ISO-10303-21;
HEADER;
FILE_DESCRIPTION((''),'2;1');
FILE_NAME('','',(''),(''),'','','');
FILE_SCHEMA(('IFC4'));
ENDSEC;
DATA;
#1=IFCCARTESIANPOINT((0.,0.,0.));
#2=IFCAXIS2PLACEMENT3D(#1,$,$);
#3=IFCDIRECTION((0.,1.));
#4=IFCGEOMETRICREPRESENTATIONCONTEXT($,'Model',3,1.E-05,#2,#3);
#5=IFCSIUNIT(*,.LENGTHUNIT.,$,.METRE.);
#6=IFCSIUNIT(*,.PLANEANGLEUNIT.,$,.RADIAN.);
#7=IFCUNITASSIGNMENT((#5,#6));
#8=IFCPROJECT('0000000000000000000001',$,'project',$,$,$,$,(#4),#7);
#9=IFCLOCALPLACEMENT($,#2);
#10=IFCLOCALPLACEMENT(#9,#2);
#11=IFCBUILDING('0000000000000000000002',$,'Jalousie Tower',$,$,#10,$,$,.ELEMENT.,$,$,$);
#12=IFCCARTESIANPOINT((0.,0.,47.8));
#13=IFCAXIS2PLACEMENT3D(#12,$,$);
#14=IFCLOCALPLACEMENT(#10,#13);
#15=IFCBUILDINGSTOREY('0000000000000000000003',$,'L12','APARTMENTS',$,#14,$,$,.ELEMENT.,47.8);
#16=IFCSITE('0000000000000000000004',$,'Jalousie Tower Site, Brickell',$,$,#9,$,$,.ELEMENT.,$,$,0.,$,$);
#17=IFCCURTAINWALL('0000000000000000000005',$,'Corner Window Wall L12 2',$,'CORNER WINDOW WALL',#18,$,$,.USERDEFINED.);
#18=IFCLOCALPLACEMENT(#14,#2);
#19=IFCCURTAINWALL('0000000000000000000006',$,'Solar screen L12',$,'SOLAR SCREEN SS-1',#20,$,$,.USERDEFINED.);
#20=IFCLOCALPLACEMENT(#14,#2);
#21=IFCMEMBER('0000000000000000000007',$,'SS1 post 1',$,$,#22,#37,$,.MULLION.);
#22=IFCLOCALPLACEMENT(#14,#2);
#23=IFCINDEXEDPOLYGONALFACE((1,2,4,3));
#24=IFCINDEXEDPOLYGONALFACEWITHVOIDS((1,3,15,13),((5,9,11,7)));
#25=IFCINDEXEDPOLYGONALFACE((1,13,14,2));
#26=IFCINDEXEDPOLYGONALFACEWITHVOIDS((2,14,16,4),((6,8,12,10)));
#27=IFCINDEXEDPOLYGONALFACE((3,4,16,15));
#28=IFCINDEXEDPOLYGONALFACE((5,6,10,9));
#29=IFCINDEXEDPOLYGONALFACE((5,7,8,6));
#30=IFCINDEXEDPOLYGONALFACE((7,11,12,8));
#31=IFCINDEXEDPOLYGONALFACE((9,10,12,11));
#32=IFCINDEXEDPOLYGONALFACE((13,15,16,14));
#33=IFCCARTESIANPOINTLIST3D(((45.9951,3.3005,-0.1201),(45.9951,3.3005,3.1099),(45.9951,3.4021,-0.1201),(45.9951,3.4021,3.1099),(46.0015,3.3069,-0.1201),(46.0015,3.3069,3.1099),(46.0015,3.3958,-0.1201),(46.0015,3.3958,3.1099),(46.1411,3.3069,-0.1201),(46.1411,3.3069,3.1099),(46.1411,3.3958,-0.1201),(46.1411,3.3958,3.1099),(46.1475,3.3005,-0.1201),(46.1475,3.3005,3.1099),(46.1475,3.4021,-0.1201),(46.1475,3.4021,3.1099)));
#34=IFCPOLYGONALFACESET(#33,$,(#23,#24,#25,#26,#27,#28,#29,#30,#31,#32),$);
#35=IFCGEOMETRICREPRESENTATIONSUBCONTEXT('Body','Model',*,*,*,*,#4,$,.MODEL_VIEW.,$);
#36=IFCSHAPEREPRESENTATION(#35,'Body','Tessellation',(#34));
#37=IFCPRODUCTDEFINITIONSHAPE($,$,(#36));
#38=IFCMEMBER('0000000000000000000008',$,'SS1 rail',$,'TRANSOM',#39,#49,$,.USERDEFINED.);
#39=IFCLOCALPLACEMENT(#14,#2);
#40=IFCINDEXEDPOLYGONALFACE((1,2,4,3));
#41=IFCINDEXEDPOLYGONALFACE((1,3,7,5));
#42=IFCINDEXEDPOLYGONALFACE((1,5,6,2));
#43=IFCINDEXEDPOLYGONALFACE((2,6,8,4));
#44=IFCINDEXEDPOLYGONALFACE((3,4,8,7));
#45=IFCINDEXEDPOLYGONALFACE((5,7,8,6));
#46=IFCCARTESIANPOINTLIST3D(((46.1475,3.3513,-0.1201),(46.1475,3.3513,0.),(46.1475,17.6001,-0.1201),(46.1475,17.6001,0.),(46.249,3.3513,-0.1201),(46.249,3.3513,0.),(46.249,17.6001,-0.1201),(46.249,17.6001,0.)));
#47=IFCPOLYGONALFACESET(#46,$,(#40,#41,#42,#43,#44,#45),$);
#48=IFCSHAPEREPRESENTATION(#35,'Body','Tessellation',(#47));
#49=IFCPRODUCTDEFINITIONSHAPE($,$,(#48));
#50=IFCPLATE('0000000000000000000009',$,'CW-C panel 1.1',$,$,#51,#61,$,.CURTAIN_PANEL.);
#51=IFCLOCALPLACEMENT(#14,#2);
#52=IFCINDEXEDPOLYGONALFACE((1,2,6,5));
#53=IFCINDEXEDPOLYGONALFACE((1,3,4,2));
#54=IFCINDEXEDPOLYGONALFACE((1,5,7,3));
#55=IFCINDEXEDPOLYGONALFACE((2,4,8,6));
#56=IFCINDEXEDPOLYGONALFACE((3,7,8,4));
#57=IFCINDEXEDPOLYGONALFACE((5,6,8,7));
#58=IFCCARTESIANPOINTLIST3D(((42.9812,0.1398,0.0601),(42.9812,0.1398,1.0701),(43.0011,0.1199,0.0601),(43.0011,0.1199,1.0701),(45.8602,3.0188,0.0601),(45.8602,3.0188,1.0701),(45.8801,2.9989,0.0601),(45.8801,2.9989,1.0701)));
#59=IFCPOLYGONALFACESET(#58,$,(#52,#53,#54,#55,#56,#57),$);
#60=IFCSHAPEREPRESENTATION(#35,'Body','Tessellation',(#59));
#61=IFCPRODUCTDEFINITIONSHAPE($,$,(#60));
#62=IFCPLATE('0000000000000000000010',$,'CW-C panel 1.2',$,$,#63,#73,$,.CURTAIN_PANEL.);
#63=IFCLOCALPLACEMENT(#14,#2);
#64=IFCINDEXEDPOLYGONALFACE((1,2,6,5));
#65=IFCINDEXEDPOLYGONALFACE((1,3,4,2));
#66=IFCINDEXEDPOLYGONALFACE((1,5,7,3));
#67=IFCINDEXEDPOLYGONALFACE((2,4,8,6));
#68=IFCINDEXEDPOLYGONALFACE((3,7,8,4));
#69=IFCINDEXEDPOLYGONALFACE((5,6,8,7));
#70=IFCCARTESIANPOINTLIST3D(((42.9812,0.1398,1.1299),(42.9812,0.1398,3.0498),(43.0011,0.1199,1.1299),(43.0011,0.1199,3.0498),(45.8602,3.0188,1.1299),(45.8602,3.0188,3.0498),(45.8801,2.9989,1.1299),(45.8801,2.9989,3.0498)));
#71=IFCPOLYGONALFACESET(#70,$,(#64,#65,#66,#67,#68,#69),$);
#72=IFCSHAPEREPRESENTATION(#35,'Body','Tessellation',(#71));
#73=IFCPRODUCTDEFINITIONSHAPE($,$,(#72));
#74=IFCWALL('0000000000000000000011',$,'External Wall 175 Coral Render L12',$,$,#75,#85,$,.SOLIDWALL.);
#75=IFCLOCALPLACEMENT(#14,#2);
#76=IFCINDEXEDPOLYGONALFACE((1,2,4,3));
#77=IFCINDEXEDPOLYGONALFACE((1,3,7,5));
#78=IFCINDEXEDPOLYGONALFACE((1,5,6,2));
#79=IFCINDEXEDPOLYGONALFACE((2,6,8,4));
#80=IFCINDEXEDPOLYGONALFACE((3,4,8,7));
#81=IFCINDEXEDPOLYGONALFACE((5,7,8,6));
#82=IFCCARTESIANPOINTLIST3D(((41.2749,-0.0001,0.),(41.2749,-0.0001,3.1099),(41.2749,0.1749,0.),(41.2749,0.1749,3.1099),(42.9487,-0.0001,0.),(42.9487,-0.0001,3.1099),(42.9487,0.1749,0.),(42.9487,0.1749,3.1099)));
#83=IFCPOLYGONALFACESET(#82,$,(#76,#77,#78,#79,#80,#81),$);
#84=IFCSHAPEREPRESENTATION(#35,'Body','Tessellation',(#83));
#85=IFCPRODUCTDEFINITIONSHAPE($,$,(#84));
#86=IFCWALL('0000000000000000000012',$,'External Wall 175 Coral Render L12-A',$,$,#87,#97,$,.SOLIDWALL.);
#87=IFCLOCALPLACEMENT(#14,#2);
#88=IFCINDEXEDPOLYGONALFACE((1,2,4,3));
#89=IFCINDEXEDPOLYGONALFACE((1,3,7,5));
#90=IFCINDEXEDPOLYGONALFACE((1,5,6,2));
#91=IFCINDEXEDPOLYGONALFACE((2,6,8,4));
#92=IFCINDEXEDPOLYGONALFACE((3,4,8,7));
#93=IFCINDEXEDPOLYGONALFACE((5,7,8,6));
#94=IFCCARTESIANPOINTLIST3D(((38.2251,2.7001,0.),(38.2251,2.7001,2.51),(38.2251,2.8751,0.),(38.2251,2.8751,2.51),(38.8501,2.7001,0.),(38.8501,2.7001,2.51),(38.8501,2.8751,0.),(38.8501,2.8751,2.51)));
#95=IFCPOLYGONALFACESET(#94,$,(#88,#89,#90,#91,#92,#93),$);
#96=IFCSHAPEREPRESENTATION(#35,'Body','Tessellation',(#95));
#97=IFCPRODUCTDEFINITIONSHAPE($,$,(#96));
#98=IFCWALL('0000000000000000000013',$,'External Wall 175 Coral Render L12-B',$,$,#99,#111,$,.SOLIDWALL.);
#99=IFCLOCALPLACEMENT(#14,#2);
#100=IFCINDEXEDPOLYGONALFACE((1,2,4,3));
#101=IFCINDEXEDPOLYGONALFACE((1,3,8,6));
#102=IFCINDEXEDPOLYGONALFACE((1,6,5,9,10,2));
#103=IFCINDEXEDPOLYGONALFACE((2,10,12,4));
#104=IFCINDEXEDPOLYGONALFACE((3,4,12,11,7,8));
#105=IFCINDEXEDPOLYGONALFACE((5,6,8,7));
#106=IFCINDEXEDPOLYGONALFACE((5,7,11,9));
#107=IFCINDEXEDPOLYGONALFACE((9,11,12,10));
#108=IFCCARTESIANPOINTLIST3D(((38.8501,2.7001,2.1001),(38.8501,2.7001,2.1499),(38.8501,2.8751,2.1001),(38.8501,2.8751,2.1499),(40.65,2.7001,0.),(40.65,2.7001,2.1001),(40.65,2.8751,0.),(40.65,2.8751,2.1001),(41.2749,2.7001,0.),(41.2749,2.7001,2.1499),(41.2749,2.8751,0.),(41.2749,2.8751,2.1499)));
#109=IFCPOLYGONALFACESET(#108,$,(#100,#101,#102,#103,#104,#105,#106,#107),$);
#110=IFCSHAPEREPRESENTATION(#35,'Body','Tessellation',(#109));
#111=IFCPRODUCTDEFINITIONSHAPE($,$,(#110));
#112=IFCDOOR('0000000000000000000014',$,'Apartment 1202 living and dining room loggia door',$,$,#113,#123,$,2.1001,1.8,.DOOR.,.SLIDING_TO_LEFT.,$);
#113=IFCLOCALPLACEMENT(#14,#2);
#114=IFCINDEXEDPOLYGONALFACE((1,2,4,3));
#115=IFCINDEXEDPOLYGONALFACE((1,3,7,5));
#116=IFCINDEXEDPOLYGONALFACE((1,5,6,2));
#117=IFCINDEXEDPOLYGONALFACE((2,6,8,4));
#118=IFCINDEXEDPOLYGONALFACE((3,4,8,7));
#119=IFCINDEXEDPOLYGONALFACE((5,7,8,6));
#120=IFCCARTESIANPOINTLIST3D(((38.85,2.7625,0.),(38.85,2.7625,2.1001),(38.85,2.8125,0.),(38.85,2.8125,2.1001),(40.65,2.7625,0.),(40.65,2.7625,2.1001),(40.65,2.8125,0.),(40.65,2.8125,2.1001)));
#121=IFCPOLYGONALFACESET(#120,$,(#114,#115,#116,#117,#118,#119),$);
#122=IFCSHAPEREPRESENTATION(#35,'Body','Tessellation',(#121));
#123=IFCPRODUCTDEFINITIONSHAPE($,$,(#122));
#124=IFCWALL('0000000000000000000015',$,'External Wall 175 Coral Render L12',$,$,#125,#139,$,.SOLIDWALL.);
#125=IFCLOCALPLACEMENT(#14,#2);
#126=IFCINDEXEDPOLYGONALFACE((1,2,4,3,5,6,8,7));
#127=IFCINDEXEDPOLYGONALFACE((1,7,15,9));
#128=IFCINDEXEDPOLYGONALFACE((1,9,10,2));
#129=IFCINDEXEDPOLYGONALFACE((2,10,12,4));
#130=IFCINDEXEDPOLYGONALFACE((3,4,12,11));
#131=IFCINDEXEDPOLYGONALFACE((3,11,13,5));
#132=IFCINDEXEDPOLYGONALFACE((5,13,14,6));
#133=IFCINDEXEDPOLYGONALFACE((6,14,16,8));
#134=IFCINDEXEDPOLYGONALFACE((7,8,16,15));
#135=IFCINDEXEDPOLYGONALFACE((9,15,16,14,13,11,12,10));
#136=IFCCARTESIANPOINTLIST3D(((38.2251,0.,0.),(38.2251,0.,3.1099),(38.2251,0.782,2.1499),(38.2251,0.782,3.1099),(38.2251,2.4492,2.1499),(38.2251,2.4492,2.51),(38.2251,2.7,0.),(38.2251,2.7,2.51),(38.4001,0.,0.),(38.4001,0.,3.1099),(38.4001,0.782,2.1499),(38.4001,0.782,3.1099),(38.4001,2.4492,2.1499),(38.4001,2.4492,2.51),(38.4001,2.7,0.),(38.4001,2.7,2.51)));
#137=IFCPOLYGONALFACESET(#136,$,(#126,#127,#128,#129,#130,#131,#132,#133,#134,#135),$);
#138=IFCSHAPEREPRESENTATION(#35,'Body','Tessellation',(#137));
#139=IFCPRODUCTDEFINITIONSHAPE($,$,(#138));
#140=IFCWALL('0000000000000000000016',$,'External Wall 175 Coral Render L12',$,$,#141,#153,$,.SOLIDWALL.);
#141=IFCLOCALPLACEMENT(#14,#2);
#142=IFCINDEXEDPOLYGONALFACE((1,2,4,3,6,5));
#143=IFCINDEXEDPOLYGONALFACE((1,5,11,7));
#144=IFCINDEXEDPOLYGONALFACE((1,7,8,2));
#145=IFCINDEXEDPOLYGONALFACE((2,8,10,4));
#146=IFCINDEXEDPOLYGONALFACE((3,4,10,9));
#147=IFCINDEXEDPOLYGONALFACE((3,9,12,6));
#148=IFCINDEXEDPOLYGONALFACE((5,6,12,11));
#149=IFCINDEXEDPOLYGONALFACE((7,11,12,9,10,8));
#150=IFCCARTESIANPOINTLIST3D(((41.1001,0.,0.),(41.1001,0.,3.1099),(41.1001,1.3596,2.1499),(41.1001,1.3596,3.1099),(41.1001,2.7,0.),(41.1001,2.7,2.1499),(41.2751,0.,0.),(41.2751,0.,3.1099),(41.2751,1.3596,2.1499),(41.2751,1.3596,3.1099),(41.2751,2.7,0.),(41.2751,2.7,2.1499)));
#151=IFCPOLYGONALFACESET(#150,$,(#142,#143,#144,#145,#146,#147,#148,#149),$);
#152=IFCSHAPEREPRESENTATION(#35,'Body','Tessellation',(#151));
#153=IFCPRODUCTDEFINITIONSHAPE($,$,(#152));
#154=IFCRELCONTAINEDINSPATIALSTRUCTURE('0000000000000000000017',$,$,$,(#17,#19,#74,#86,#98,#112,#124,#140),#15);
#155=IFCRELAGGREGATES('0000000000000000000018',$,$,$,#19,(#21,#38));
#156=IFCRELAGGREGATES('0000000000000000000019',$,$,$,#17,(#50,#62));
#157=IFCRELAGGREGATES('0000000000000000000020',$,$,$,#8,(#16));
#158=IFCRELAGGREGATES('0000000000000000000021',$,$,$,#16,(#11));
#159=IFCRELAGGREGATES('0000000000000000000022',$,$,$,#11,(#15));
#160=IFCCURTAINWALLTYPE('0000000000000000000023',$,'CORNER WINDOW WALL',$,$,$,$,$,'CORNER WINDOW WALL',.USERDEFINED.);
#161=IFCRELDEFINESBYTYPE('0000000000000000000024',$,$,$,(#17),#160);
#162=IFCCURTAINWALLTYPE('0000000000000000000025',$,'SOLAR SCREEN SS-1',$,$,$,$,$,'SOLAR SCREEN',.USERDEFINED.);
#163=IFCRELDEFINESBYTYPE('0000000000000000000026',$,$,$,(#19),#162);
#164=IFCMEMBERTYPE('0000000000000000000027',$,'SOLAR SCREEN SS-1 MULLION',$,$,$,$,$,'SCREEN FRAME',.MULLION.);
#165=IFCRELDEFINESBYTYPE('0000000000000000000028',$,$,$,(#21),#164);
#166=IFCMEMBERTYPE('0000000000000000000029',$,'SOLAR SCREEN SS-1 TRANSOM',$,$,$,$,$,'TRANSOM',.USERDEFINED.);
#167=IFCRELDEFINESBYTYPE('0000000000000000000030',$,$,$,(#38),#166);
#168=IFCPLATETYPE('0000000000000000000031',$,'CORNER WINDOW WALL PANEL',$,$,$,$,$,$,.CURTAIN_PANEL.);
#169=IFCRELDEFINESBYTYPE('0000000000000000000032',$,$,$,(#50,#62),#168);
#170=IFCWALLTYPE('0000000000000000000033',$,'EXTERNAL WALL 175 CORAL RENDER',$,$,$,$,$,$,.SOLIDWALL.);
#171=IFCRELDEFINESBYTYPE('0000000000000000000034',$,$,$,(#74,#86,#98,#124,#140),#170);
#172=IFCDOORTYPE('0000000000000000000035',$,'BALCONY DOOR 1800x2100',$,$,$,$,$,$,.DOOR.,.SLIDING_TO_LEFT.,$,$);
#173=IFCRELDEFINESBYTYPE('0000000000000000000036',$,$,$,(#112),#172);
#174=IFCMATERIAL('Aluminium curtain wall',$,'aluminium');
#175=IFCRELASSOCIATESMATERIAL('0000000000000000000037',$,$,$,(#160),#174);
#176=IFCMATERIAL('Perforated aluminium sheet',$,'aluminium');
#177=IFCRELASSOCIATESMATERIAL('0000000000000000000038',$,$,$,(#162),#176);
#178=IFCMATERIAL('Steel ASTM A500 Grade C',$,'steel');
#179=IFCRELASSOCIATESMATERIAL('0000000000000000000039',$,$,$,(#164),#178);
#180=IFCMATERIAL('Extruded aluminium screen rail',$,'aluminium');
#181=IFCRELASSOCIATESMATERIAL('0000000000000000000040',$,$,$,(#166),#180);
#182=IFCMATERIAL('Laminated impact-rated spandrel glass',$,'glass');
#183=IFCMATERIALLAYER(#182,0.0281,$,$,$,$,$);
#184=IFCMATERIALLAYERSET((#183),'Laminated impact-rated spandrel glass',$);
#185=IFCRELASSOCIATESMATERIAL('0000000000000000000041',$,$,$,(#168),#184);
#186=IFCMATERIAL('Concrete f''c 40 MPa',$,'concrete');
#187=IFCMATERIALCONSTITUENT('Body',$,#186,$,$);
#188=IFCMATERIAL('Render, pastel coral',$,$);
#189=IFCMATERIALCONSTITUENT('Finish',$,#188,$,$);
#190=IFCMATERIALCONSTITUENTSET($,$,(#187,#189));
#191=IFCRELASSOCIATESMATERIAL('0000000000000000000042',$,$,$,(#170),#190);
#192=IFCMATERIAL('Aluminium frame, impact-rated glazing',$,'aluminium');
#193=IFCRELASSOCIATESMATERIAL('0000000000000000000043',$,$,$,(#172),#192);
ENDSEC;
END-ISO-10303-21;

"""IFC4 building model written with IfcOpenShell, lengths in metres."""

from ifc_helpers import new_model, si_unit, direction, frame, frame_2d, origin, origin_2d, place, context, subcontext, project, spatial, polyline, rectangle, hollow_rectangle, outline, extrude, material, layer, layer_set, constituent, constituent_set, material_profile, profile_set, type_object, element, fill, aggregate, save


model = new_model("IFC4")

# Units and contexts
model_context = context("Model", 3, precision=1e-05, world=origin(), true_north=direction((0.0, 1.0)))
body_context = subcontext(model_context, "Body", "Model", "MODEL_VIEW")
ifc_project = project(units=[si_unit("LENGTHUNIT", "METRE"), si_unit("PLANEANGLEUNIT", "RADIAN")], contexts=[model_context])

# Site, building, storey
site_placement = place(None, origin())
site = spatial("IfcSite", under=ifc_project, at=site_placement, Name="Jalousie Tower Site, Brickell", CompositionType="ELEMENT", RefElevation=0.0)
building_placement = place(site_placement, origin())
building = spatial("IfcBuilding", under=site, at=building_placement, Name="Jalousie Tower", CompositionType="ELEMENT")
storey_placement = place(building_placement, frame((0.0, 0.0, 47.8)))
storey = spatial("IfcBuildingStorey", under=building, at=storey_placement, Name="L12", Description="APARTMENTS", CompositionType="ELEMENT", Elevation=47.8)

# Curtain wall
ifc_material_1 = material(Name="Aluminium curtain wall", Category="aluminium")
curtain_wall_type_1 = type_object("IfcCurtainWallType", Name="CORNER WINDOW WALL", ElementType="CORNER WINDOW WALL", PredefinedType="USERDEFINED", material=ifc_material_1)
curtain_wall_1_placement = place(storey_placement, origin())
curtain_wall_1 = element("IfcCurtainWall", 1, at=curtain_wall_1_placement, inside=storey, type_object=curtain_wall_type_1, Name="Corner Window Wall L12 2", ObjectType="CORNER WINDOW WALL", PredefinedType="USERDEFINED")

# Curtain wall, members
ifc_material_2 = material(Name="Perforated aluminium sheet", Category="aluminium")
curtain_wall_type_2 = type_object("IfcCurtainWallType", Name="SOLAR SCREEN SS-1", ElementType="SOLAR SCREEN", PredefinedType="USERDEFINED", material=ifc_material_2)
curtain_wall_2_placement = place(storey_placement, origin())
curtain_wall_2 = element("IfcCurtainWall", 2, at=curtain_wall_2_placement, inside=storey, type_object=curtain_wall_type_2, Name="Solar screen L12", ObjectType="SOLAR SCREEN SS-1", PredefinedType="USERDEFINED")
ifc_material_3 = material(Name="Steel ASTM A500 Grade C", Category="steel")
ifc_material_profile_1 = material_profile(ifc_material_3, hollow_rectangle(XDim=0.1016, YDim=0.1523, WallThickness=0.0063, at=origin_2d()), Name="HSS6X4X1/4")
ifc_profile_set_1 = profile_set([ifc_material_profile_1], Name="Steel ASTM A500 Grade C")
member_type_1 = type_object("IfcMemberType", Name="SOLAR SCREEN SS-1 MULLION", ElementType="SCREEN FRAME", PredefinedType="MULLION", material=ifc_profile_set_1)
member_1_placement = place(storey_placement, frame((46.0713, 3.3513, -0.1201), z_axis=(0.0, 0.0, 1.0), x_axis=(0.0, 1.0, 0.0)))
member_1 = element("IfcMember", 3, at=member_1_placement, type_object=member_type_1, Name="SS1 post 1", PredefinedType="MULLION", context=body_context, shape_type="SweptSolid", body=[
    extrude(hollow_rectangle(XDim=0.1016, YDim=0.1523, WallThickness=0.0063, at=origin_2d()), origin(), (0.0, 0.0, 1.0), 3.23),
])
ifc_material_4 = material(Name="Extruded aluminium screen rail", Category="aluminium")
ifc_material_profile_2 = material_profile(ifc_material_4, rectangle(XDim=0.1016, YDim=0.1201, at=origin_2d()), Name="RAIL 102x120")
ifc_profile_set_2 = profile_set([ifc_material_profile_2], Name="Extruded aluminium screen rail")
member_type_2 = type_object("IfcMemberType", Name="SOLAR SCREEN SS-1 TRANSOM", ElementType="TRANSOM", PredefinedType="USERDEFINED", material=ifc_profile_set_2)
member_2_placement = place(storey_placement, frame((46.1982, 3.3513, -0.0601), z_axis=(0.0, 1.0, 0.0), x_axis=(-1.0, 0.0, 0.0)))
member_2 = element("IfcMember", 4, at=member_2_placement, type_object=member_type_2, Name="SS1 rail", ObjectType="TRANSOM", PredefinedType="USERDEFINED", context=body_context, shape_type="SweptSolid", body=[
    extrude(rectangle(XDim=0.1016, YDim=0.1201, at=origin_2d()), origin(), (0.0, 0.0, 1.0), 14.2488),
])
aggregate(curtain_wall_2, [member_1, member_2])

# Plates
ifc_material_5 = material(Name="Laminated impact-rated spandrel glass", Category="glass")
ifc_layer_1 = layer(ifc_material_5, 0.0281)
ifc_layer_set_1 = layer_set([ifc_layer_1], Name="Laminated impact-rated spandrel glass")
plate_type = type_object("IfcPlateType", Name="CORNER WINDOW WALL PANEL", PredefinedType="CURTAIN_PANEL", material=ifc_layer_set_1)
plate_1_placement = place(storey_placement, frame((44.4307, 1.5693, 0.0601), z_axis=(0.0, 0.0, 1.0), x_axis=(0.707107, 0.707107, 0.0)))
plate_1 = element("IfcPlate", 5, at=plate_1_placement, type_object=plate_type, Name="CW-C panel 1.1", PredefinedType="CURTAIN_PANEL", context=body_context, shape_type="SweptSolid", body=[
    extrude(rectangle(XDim=4.0715, YDim=0.0281, at=origin_2d()), origin(), (0.0, 0.0, 1.0), 1.01),
])
plate_2_placement = place(storey_placement, frame((44.4307, 1.5693, 1.1299), z_axis=(0.0, 0.0, 1.0), x_axis=(0.707107, 0.707107, 0.0)))
plate_2 = element("IfcPlate", 6, at=plate_2_placement, type_object=plate_type, Name="CW-C panel 1.2", PredefinedType="CURTAIN_PANEL", context=body_context, shape_type="SweptSolid", body=[
    extrude(rectangle(XDim=4.0715, YDim=0.0281, at=origin_2d()), origin(), (0.0, 0.0, 1.0), 1.9199),
])
aggregate(curtain_wall_1, [plate_1, plate_2])

# Walls
ifc_material_6 = material(Name="Concrete f'c 40 MPa", Category="concrete")
ifc_constituent_1 = constituent(ifc_material_6, Name="Body")
ifc_material_7 = material(Name="Render, pastel coral")
ifc_constituent_2 = constituent(ifc_material_7, Name="Finish")
ifc_constituent_set = constituent_set(constituents=[ifc_constituent_1, ifc_constituent_2])
wall_type = type_object("IfcWallType", Name="EXTERNAL WALL 175 CORAL RENDER", PredefinedType="SOLIDWALL", material=ifc_constituent_set)
wall_1_placement = place(storey_placement, frame((41.2749, 0.0874, 0.0), z_axis=(0.0, 0.0, 1.0), x_axis=(1.0, 0.0, 0.0)))
element("IfcWall", 7, at=wall_1_placement, inside=storey, type_object=wall_type, Name="External Wall 175 Coral Render L12", PredefinedType="SOLIDWALL", context=body_context, shape_type="SweptSolid", body=[
    extrude(rectangle(XDim=1.6738, YDim=0.175, at=frame_2d((0.8369, 0.0))), origin(), (0.0, 0.0, 1.0), 3.1099),
])
wall_2_placement = place(storey_placement, frame((38.2251, 2.7876, 0.0), z_axis=(0.0, 0.0, 1.0), x_axis=(1.0, 0.0, 0.0)))
element("IfcWall", 8, at=wall_2_placement, inside=storey, type_object=wall_type, Name="External Wall 175 Coral Render L12-A", PredefinedType="SOLIDWALL", context=body_context, shape_type="SweptSolid", body=[
    extrude(rectangle(XDim=0.625, YDim=0.175, at=frame_2d((0.3125, 0.0))), origin(), (0.0, 0.0, 1.0), 2.51),
])

# Wall, opening, door
wall_3_placement = place(storey_placement, frame((38.8501, 2.7876, 0.0), z_axis=(0.0, 0.0, 1.0), x_axis=(1.0, 0.0, 0.0)))
wall_3 = element("IfcWall", 9, at=wall_3_placement, inside=storey, type_object=wall_type, Name="External Wall 175 Coral Render L12-B", PredefinedType="SOLIDWALL", context=body_context, shape_type="SweptSolid", body=[
    extrude(rectangle(XDim=2.4248, YDim=0.175, at=frame_2d((1.2124, 0.0))), origin(), (0.0, 0.0, 1.0), 2.1499),
])
opening_1_placement = place(wall_3_placement, origin())
opening_1 = element("IfcOpeningElement", 10, at=opening_1_placement, cuts=wall_3, PredefinedType="OPENING", context=body_context, shape_type="SweptSolid", body=[
    extrude(rectangle(XDim=1.8, YDim=2.1001, at=frame_2d((0.8999, 1.05))), frame((0.0, 0.0974, 0.0), z_axis=(0.0, -1.0, 0.0), x_axis=(1.0, 0.0, 0.0)), (0.0, 0.0, 1.0), 0.1951),
])
ifc_material_8 = material(Name="Aluminium frame, impact-rated glazing", Category="aluminium")
door_type = type_object("IfcDoorType", Name="BALCONY DOOR 1800x2100", OperationType="SLIDING_TO_LEFT", PredefinedType="DOOR", material=ifc_material_8)
door_placement = place(opening_1_placement, origin())
door = element("IfcDoor", 11, at=door_placement, inside=storey, type_object=door_type, Name="Apartment 1202 living and dining room loggia door", OperationType="SLIDING_TO_LEFT", OverallHeight=2.1001, OverallWidth=1.8, PredefinedType="DOOR", context=body_context, shape_type="SweptSolid", body=[
    extrude(rectangle(XDim=1.8, YDim=2.1001, at=frame_2d((0.8999, 1.05))), frame((0.0, 0.0249, 0.0), z_axis=(0.0, -1.0, 0.0), x_axis=(1.0, 0.0, 0.0)), (0.0, 0.0, 1.0), 0.05),
])
fill(opening_1, door)

# Walls
wall_4_placement = place(storey_placement, frame((38.3125, 0.0, 0.0), z_axis=(0.0, 0.0, 1.0), x_axis=(0.0, 1.0, 0.0)))
element("IfcWall", 12, at=wall_4_placement, inside=storey, type_object=wall_type, Name="External Wall 175 Coral Render L12", PredefinedType="SOLIDWALL", context=body_context, shape_type="SweptSolid", body=[
    extrude(outline(polyline([(0.0, 0.0), (2.7, 0.0), (2.7, 2.51), (2.4492, 2.51), (2.4492, 2.1499), (0.782, 2.1499), (0.782, 3.1099), (0.0, 3.1099), (0.0, 0.0)])), frame((0.0, 0.0874, 0.0), z_axis=(0.0, -1.0, 0.0), x_axis=(1.0, 0.0, 0.0)), (0.0, 0.0, 1.0), 0.175),
])
wall_5_placement = place(storey_placement, frame((41.1875, 0.0, 0.0), z_axis=(0.0, 0.0, 1.0), x_axis=(0.0, 1.0, 0.0)))
element("IfcWall", 13, at=wall_5_placement, inside=storey, type_object=wall_type, Name="External Wall 175 Coral Render L12", PredefinedType="SOLIDWALL", context=body_context, shape_type="SweptSolid", body=[
    extrude(outline(polyline([(0.0, 0.0), (2.7, 0.0), (2.7, 2.1499), (1.3596, 2.1499), (1.3596, 3.1099), (0.0, 3.1099), (0.0, 0.0)])), frame((0.0, 0.0874, 0.0), z_axis=(0.0, -1.0, 0.0), x_axis=(1.0, 0.0, 0.0)), (0.0, 0.0, 1.0), 0.175),
])

save(model, "model.ifc")
